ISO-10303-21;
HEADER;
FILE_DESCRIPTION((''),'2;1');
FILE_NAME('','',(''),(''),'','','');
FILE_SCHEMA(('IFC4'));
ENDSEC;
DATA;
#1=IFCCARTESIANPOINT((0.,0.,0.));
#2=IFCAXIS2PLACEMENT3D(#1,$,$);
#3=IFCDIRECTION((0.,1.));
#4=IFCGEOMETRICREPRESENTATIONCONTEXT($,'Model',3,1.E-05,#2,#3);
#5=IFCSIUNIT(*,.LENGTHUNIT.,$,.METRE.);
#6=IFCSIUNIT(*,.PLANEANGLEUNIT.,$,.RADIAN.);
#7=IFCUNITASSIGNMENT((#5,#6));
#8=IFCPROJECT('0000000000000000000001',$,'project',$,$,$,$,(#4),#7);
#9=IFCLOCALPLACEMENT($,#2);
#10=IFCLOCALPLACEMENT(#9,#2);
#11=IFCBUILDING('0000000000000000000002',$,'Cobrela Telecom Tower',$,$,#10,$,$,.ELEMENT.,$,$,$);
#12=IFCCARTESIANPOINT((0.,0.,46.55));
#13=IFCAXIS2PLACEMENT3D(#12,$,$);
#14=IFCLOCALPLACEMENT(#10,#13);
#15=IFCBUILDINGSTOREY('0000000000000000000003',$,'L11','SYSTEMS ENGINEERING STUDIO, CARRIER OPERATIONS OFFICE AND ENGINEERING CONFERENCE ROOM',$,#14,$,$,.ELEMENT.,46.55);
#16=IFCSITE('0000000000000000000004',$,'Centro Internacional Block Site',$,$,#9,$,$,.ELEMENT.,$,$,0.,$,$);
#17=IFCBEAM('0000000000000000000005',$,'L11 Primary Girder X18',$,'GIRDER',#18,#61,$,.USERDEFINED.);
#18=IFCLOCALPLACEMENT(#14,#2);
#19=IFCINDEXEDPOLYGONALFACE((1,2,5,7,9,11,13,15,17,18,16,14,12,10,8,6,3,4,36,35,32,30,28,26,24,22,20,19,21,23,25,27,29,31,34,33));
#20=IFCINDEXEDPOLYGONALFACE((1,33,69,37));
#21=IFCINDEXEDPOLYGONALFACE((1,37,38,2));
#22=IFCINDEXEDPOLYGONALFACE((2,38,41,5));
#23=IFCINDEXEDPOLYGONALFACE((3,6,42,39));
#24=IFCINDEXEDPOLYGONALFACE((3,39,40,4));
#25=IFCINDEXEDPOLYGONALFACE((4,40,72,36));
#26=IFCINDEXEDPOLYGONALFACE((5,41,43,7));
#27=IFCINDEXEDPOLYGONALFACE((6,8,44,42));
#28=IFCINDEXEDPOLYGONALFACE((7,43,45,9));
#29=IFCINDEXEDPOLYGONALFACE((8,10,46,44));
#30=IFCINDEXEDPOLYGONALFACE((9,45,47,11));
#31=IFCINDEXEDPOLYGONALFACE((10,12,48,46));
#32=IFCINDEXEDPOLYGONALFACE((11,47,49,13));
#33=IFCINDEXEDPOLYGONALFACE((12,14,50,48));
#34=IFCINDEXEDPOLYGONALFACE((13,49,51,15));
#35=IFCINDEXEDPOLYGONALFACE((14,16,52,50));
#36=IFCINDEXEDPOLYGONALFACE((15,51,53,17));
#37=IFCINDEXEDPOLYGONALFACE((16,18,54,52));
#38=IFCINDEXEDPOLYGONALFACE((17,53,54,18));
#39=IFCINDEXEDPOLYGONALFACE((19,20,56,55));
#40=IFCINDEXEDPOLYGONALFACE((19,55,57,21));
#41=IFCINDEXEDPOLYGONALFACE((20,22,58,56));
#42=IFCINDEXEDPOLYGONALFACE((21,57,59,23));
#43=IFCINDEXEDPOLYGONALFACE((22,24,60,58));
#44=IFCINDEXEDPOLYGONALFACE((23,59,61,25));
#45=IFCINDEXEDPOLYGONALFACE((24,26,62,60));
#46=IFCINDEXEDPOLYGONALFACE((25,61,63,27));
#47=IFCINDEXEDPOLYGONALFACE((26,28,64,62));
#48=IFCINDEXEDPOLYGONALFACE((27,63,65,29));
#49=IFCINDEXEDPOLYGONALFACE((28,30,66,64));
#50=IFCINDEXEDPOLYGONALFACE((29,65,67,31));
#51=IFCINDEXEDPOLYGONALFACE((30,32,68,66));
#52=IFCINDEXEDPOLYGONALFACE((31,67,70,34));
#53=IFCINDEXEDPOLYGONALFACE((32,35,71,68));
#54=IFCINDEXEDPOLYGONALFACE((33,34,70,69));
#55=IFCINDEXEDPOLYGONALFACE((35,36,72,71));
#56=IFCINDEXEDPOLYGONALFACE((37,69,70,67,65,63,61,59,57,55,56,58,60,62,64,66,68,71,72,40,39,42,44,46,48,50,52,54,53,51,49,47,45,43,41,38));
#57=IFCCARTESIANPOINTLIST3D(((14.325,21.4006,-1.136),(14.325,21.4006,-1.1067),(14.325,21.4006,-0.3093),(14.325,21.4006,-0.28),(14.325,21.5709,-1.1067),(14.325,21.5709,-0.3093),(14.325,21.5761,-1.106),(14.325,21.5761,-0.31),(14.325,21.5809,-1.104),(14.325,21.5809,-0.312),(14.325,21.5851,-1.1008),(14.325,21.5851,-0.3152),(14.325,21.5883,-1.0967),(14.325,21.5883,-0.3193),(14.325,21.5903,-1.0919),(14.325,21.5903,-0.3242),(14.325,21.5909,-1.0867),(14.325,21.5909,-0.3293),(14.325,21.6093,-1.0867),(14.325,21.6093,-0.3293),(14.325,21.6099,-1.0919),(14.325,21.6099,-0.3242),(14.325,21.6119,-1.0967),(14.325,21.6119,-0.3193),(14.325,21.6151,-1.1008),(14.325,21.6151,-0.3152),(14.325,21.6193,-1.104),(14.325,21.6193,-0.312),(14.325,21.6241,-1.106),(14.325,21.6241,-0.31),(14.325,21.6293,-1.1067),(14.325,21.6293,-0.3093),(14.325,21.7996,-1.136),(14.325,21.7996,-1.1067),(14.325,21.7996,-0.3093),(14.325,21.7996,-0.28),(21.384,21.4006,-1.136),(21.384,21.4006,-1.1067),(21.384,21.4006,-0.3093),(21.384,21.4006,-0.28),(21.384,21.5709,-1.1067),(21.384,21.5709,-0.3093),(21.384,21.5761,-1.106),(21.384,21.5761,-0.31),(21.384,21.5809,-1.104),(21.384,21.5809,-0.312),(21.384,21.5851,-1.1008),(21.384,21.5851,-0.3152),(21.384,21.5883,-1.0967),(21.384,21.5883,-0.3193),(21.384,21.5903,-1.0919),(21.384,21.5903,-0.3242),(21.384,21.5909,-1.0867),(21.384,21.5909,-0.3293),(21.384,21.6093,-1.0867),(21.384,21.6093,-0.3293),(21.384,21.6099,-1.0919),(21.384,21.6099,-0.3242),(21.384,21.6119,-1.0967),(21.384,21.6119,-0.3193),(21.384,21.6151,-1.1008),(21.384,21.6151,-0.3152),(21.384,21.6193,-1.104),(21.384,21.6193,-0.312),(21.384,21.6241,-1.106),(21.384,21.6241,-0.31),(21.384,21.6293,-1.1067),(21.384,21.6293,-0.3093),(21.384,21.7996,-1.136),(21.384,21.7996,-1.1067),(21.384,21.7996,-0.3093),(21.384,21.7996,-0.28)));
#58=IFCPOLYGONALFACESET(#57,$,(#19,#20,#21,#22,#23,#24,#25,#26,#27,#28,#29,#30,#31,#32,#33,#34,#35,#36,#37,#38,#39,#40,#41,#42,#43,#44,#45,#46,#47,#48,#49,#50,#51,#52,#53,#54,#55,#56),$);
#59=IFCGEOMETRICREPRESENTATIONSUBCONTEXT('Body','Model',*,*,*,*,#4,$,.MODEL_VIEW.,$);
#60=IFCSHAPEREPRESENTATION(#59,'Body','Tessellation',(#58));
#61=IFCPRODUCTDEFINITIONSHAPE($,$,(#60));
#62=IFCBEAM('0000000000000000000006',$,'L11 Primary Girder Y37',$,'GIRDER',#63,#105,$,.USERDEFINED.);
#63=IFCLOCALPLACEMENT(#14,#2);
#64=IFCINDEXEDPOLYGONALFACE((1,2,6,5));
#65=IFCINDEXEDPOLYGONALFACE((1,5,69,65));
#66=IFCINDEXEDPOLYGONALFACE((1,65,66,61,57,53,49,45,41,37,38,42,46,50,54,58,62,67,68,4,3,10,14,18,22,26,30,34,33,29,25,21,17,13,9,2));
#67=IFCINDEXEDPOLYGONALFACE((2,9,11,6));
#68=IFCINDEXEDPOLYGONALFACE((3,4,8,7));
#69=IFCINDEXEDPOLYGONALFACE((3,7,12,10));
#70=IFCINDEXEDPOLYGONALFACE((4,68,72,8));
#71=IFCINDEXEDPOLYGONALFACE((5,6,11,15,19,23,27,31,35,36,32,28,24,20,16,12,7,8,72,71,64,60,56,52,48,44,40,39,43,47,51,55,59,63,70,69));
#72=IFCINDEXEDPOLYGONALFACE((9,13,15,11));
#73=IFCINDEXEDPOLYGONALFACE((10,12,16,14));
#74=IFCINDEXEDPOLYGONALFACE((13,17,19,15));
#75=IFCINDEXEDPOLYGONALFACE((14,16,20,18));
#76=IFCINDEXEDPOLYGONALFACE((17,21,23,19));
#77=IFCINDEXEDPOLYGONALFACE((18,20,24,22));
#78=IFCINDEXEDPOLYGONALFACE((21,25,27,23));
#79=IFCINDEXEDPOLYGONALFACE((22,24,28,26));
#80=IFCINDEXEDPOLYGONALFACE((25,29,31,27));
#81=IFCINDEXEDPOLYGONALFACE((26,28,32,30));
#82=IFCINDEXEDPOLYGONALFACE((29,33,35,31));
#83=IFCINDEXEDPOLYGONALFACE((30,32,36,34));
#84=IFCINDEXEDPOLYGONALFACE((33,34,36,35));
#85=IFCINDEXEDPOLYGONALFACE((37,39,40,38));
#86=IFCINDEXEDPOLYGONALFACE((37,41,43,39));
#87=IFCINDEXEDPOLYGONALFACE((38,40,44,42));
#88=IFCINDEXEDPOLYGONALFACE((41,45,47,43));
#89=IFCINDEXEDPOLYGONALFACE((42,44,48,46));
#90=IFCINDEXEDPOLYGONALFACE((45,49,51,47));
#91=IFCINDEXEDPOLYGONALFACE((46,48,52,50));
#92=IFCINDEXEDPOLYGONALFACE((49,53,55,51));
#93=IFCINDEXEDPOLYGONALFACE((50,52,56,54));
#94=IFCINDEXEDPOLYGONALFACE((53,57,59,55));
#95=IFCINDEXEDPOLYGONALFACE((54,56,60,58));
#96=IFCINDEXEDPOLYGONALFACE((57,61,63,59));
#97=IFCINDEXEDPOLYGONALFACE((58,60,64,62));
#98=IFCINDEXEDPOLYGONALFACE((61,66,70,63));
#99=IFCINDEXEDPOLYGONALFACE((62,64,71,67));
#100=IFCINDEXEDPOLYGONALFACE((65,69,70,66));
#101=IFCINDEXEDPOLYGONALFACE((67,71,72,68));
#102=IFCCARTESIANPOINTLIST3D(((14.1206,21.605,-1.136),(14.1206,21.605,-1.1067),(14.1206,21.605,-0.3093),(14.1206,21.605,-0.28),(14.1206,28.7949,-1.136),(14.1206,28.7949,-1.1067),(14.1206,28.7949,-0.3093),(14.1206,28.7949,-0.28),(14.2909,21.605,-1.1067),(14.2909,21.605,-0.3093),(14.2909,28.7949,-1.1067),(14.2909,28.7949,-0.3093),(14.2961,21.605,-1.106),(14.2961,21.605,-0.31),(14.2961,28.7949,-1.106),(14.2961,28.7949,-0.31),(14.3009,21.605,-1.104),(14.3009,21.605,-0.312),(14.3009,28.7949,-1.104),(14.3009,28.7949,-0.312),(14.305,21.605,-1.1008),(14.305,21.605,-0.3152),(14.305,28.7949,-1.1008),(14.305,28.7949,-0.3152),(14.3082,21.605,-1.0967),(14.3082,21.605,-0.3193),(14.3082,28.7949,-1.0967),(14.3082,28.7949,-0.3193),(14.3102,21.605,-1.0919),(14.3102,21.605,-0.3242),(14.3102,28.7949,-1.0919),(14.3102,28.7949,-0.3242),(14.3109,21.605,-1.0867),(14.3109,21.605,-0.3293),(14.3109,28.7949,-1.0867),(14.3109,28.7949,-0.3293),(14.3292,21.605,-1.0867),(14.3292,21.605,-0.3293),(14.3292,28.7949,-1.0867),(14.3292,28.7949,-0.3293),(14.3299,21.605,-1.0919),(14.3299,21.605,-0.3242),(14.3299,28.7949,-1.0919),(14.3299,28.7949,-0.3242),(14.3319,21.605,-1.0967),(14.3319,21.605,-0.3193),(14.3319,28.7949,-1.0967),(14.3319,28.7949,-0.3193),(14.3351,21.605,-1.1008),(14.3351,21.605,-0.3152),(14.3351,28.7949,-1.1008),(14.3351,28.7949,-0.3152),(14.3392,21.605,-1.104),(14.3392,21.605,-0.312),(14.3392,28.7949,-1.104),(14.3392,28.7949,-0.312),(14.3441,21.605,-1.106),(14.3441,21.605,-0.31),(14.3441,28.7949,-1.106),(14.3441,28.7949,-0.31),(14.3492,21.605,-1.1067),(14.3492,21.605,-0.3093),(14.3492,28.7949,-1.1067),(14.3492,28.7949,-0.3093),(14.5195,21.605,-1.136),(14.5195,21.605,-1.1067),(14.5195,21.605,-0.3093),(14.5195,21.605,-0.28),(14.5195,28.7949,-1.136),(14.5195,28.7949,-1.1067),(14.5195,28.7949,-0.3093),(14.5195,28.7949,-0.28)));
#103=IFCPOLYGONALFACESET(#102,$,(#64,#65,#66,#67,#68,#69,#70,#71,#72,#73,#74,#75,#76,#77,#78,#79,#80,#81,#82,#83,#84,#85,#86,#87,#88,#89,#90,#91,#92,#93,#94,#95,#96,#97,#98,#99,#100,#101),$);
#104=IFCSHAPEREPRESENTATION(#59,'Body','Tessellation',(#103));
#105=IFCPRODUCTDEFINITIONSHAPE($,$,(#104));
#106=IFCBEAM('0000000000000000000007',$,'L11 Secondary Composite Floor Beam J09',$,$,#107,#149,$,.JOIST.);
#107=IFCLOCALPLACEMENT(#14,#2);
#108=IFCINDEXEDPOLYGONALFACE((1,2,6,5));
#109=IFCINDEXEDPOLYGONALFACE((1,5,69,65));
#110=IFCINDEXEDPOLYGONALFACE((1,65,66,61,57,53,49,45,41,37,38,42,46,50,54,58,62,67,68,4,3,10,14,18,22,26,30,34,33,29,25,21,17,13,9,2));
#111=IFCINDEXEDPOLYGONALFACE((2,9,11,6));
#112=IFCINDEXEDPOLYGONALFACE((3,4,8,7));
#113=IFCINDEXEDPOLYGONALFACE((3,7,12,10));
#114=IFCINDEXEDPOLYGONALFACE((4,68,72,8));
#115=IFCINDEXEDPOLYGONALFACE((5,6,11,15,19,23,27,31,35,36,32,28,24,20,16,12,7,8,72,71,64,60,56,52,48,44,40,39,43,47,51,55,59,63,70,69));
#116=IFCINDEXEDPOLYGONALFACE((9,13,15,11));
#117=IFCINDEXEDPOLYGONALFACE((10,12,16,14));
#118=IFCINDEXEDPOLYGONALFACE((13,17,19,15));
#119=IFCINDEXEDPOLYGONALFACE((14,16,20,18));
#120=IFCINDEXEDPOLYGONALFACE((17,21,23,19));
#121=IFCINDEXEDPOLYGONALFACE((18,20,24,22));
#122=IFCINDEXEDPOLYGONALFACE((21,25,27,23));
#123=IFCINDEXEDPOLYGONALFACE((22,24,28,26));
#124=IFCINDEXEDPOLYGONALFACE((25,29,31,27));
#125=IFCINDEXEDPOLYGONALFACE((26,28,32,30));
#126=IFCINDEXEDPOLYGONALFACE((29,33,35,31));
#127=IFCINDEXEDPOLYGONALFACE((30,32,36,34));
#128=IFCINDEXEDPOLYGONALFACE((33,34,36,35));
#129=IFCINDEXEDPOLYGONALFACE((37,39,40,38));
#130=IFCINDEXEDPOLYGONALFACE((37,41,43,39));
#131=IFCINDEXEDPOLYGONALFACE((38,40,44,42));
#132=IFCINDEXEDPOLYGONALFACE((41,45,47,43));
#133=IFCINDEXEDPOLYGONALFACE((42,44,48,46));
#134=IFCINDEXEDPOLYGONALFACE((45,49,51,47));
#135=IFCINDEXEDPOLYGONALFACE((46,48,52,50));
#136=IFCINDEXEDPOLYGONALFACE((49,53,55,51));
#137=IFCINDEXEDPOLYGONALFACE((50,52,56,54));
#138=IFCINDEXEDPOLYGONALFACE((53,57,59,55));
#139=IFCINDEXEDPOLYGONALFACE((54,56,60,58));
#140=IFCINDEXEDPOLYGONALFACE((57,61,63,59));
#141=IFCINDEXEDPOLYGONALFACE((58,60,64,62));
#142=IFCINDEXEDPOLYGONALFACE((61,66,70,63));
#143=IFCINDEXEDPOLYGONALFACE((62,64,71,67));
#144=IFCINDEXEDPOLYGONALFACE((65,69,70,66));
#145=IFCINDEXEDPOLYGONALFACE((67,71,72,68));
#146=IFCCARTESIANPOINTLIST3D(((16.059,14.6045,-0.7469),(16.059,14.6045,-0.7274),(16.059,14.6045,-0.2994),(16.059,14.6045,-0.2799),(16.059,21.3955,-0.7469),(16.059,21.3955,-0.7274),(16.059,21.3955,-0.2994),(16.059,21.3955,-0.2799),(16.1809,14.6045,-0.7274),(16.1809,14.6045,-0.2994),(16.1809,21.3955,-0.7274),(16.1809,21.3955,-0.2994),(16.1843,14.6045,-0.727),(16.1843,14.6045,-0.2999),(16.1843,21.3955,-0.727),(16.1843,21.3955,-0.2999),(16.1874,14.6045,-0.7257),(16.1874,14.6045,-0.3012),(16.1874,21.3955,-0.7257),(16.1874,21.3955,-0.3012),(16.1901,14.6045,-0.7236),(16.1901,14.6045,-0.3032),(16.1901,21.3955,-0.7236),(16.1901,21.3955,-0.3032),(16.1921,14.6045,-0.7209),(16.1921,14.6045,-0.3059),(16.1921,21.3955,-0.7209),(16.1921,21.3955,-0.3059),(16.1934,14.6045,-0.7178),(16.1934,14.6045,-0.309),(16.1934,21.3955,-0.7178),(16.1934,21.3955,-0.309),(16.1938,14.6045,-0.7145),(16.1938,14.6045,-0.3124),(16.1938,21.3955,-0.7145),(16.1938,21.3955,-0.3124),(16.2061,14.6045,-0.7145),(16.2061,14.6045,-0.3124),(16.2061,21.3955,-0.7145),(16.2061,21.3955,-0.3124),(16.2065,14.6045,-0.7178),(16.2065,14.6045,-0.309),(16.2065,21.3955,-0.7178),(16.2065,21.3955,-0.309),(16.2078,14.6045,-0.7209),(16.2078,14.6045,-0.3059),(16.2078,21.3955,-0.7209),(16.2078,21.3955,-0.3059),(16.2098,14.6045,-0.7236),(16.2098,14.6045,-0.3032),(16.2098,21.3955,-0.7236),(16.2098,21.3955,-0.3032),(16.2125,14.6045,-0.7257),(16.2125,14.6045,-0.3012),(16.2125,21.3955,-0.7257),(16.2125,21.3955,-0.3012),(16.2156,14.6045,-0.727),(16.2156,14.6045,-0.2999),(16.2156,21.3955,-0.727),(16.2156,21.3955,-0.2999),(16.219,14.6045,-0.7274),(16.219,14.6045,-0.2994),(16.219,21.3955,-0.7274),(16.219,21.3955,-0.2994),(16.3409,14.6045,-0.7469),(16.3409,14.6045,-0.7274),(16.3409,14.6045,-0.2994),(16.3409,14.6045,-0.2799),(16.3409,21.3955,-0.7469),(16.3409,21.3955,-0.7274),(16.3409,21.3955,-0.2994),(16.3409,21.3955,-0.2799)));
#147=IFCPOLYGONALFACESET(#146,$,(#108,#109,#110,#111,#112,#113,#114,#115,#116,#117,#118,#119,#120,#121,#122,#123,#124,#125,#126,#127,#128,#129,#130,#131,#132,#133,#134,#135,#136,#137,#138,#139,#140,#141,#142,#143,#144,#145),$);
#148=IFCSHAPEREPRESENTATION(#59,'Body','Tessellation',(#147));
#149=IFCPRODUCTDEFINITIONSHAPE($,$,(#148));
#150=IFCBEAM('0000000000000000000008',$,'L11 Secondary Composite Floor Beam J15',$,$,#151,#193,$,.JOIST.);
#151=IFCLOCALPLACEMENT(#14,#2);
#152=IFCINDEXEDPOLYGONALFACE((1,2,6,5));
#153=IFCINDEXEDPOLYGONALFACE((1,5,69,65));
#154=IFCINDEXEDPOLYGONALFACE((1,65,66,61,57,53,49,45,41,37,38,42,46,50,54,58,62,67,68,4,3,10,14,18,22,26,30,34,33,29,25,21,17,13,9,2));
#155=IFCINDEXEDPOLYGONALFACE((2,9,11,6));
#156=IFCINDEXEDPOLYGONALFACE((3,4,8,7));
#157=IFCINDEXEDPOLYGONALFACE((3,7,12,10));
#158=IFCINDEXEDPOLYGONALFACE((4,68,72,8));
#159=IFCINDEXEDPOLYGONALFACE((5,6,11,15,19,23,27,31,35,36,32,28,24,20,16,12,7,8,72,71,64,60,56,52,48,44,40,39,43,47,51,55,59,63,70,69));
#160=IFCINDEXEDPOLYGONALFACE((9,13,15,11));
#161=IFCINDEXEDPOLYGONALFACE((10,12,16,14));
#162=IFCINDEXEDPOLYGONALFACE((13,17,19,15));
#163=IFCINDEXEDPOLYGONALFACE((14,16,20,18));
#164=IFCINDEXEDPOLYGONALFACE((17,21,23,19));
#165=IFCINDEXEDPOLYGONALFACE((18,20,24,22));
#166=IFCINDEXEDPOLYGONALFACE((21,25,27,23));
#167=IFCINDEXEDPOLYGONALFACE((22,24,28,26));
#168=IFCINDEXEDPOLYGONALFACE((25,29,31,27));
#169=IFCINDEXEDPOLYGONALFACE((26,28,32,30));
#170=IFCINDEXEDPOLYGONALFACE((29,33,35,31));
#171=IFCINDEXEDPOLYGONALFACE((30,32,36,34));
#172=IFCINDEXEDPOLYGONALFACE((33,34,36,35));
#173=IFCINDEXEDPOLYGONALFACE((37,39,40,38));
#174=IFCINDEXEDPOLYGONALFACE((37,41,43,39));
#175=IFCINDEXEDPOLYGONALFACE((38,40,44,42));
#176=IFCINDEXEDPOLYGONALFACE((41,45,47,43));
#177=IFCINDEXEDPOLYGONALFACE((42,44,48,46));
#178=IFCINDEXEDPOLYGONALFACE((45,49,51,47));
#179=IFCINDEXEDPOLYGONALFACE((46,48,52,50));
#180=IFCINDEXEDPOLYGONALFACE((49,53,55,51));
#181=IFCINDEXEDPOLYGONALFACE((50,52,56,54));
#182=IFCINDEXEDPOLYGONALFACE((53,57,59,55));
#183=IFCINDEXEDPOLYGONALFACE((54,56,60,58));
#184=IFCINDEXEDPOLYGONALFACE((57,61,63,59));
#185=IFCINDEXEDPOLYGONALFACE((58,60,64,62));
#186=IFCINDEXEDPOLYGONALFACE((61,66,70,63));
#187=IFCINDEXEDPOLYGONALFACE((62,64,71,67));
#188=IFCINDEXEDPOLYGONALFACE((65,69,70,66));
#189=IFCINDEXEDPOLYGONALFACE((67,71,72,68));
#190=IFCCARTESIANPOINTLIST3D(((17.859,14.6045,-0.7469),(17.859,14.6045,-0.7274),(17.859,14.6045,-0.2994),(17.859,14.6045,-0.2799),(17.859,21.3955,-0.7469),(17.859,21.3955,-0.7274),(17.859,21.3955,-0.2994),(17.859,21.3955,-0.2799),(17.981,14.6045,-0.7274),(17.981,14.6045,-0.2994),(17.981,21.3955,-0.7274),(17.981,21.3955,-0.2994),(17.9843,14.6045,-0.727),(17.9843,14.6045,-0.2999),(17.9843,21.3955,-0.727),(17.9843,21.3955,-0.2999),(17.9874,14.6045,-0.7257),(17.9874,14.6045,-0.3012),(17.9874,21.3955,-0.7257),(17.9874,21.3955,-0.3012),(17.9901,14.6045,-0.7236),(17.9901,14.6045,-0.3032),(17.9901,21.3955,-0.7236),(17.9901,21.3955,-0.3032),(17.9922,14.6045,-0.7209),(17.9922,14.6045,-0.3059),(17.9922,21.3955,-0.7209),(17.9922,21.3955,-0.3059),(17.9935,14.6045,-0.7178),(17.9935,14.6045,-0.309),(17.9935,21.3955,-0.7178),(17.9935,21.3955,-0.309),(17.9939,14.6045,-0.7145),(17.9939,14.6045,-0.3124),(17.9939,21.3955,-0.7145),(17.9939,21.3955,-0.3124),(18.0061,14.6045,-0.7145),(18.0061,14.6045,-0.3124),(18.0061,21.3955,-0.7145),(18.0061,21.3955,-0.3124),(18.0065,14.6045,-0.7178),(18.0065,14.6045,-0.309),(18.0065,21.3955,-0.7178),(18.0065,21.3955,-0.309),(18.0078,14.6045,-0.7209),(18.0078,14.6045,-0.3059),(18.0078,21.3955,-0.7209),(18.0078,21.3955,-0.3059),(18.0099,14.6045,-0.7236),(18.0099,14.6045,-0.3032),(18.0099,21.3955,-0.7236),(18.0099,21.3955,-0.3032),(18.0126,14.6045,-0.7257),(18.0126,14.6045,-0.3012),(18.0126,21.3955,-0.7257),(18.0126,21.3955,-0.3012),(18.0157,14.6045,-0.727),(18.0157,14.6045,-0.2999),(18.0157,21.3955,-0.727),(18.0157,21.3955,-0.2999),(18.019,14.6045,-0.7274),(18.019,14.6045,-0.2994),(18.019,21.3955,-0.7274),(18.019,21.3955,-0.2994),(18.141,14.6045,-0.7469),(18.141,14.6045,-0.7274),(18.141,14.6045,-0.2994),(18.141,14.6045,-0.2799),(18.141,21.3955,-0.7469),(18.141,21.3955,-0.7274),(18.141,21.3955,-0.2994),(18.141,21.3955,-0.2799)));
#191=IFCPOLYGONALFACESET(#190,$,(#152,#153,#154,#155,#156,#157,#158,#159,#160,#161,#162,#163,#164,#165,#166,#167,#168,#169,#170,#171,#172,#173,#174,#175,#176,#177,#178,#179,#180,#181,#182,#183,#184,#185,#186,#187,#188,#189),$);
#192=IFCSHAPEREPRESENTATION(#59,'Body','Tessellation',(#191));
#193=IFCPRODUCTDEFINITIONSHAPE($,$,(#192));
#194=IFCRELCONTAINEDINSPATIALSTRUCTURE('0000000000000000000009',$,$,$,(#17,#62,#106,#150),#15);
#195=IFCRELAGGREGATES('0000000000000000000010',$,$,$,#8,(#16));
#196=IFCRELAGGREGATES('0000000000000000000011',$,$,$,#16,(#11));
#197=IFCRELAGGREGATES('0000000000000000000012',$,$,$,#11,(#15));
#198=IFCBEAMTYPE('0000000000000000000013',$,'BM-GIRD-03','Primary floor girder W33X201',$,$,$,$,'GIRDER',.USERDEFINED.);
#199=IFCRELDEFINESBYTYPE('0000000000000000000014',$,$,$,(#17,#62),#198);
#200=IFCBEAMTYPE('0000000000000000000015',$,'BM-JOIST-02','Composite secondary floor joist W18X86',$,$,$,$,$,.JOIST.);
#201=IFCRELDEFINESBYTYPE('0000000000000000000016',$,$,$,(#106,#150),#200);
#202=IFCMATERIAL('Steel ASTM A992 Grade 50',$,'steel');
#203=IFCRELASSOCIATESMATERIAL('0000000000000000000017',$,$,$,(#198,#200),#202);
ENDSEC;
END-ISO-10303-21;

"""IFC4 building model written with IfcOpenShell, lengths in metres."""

from ifc_helpers import new_model, si_unit, direction, frame, origin, origin_2d, place, context, subcontext, project, spatial, i_section, extrude, material, material_profile, profile_set, type_object, element, save


model = new_model("IFC4")

# Units and contexts
model_context = context("Model", 3, precision=1e-05, world=origin(), true_north=direction((0.0, 1.0)))
body_context = subcontext(model_context, "Body", "Model", "MODEL_VIEW")
ifc_project = project(units=[si_unit("LENGTHUNIT", "METRE"), si_unit("PLANEANGLEUNIT", "RADIAN")], contexts=[model_context])

# Site, building, storey
site_placement = place(None, origin())
site = spatial("IfcSite", under=ifc_project, at=site_placement, Name="Centro Internacional Block Site", CompositionType="ELEMENT", RefElevation=0.0)
building_placement = place(site_placement, origin())
building = spatial("IfcBuilding", under=site, at=building_placement, Name="Cobrela Telecom Tower", CompositionType="ELEMENT")
storey_placement = place(building_placement, frame((0.0, 0.0, 46.55)))
storey = spatial("IfcBuildingStorey", under=building, at=storey_placement, Name="L11", Description="SYSTEMS ENGINEERING STUDIO, CARRIER OPERATIONS OFFICE AND ENGINEERING CONFERENCE ROOM", CompositionType="ELEMENT", Elevation=46.55)

# Beams
ifc_material_1 = material(Name="Steel ASTM A992 Grade 50", Category="steel")
ifc_material_profile_1 = material_profile(ifc_material_1, i_section(OverallWidth=0.3989, OverallDepth=0.856, WebThickness=0.0183, FlangeThickness=0.0293, FilletRadius=0.02, at=origin_2d()), Name="W33X201")
ifc_profile_set_1 = profile_set([ifc_material_profile_1], Name="Steel ASTM A992 Grade 50")
beam_type_1 = type_object("IfcBeamType", Name="BM-GIRD-03", Description="Primary floor girder W33X201", ElementType="GIRDER", PredefinedType="USERDEFINED", material=ifc_profile_set_1)
beam_1_placement = place(storey_placement, frame((14.325, 21.6001, -0.708), z_axis=(1.0, 0.0, 0.0), x_axis=(0.0, 1.0, 0.0)))
element("IfcBeam", 1, at=beam_1_placement, inside=storey, type_object=beam_type_1, Name="L11 Primary Girder X18", ObjectType="GIRDER", PredefinedType="USERDEFINED", context=body_context, shape_type="SweptSolid", body=[
    extrude(i_section(OverallWidth=0.3989, OverallDepth=0.856, WebThickness=0.0183, FlangeThickness=0.0293, FilletRadius=0.02, at=origin_2d()), origin(), (0.0, 0.0, 1.0), 7.0591),
])
beam_2_placement = place(storey_placement, frame((14.3201, 21.605, -0.708), z_axis=(0.0, 1.0, 0.0), x_axis=(-1.0, 0.0, 0.0)))
element("IfcBeam", 2, at=beam_2_placement, inside=storey, type_object=beam_type_1, Name="L11 Primary Girder Y37", ObjectType="GIRDER", PredefinedType="USERDEFINED", context=body_context, shape_type="SweptSolid", body=[
    extrude(i_section(OverallWidth=0.3989, OverallDepth=0.856, WebThickness=0.0183, FlangeThickness=0.0293, FilletRadius=0.02, at=origin_2d()), origin(), (0.0, 0.0, 1.0), 7.1899),
])
ifc_material_profile_2 = material_profile(ifc_material_1, i_section(OverallWidth=0.282, OverallDepth=0.467, WebThickness=0.0122, FlangeThickness=0.0195, FilletRadius=0.0129, at=origin_2d()), Name="W18X86")
ifc_profile_set_2 = profile_set([ifc_material_profile_2], Name="Steel ASTM A992 Grade 50")
beam_type_2 = type_object("IfcBeamType", Name="BM-JOIST-02", Description="Composite secondary floor joist W18X86", PredefinedType="JOIST", material=ifc_profile_set_2)
for number, where, z_axis, x_axis, name in (
    (3, (16.2, 14.6045, -0.5134), (0.0, 1.0, 0.0), (-1.0, 0.0, 0.0), "L11 Secondary Composite Floor Beam J09"),
    (4, (18.0, 14.6045, -0.5134), (0.0, 1.0, 0.0), (-1.0, 0.0, 0.0), "L11 Secondary Composite Floor Beam J15"),
):
    element("IfcBeam", number, at=place(storey_placement, frame(where, z_axis=z_axis, x_axis=x_axis)), inside=storey, type_object=beam_type_2, Name=name, PredefinedType="JOIST", context=body_context, shape_type="SweptSolid", body=[
        extrude(i_section(OverallWidth=0.282, OverallDepth=0.467, WebThickness=0.0122, FlangeThickness=0.0195, FilletRadius=0.0129, at=origin_2d()), origin(), (0.0, 0.0, 1.0), 6.791),
    ])

save(model, "model.ifc")
